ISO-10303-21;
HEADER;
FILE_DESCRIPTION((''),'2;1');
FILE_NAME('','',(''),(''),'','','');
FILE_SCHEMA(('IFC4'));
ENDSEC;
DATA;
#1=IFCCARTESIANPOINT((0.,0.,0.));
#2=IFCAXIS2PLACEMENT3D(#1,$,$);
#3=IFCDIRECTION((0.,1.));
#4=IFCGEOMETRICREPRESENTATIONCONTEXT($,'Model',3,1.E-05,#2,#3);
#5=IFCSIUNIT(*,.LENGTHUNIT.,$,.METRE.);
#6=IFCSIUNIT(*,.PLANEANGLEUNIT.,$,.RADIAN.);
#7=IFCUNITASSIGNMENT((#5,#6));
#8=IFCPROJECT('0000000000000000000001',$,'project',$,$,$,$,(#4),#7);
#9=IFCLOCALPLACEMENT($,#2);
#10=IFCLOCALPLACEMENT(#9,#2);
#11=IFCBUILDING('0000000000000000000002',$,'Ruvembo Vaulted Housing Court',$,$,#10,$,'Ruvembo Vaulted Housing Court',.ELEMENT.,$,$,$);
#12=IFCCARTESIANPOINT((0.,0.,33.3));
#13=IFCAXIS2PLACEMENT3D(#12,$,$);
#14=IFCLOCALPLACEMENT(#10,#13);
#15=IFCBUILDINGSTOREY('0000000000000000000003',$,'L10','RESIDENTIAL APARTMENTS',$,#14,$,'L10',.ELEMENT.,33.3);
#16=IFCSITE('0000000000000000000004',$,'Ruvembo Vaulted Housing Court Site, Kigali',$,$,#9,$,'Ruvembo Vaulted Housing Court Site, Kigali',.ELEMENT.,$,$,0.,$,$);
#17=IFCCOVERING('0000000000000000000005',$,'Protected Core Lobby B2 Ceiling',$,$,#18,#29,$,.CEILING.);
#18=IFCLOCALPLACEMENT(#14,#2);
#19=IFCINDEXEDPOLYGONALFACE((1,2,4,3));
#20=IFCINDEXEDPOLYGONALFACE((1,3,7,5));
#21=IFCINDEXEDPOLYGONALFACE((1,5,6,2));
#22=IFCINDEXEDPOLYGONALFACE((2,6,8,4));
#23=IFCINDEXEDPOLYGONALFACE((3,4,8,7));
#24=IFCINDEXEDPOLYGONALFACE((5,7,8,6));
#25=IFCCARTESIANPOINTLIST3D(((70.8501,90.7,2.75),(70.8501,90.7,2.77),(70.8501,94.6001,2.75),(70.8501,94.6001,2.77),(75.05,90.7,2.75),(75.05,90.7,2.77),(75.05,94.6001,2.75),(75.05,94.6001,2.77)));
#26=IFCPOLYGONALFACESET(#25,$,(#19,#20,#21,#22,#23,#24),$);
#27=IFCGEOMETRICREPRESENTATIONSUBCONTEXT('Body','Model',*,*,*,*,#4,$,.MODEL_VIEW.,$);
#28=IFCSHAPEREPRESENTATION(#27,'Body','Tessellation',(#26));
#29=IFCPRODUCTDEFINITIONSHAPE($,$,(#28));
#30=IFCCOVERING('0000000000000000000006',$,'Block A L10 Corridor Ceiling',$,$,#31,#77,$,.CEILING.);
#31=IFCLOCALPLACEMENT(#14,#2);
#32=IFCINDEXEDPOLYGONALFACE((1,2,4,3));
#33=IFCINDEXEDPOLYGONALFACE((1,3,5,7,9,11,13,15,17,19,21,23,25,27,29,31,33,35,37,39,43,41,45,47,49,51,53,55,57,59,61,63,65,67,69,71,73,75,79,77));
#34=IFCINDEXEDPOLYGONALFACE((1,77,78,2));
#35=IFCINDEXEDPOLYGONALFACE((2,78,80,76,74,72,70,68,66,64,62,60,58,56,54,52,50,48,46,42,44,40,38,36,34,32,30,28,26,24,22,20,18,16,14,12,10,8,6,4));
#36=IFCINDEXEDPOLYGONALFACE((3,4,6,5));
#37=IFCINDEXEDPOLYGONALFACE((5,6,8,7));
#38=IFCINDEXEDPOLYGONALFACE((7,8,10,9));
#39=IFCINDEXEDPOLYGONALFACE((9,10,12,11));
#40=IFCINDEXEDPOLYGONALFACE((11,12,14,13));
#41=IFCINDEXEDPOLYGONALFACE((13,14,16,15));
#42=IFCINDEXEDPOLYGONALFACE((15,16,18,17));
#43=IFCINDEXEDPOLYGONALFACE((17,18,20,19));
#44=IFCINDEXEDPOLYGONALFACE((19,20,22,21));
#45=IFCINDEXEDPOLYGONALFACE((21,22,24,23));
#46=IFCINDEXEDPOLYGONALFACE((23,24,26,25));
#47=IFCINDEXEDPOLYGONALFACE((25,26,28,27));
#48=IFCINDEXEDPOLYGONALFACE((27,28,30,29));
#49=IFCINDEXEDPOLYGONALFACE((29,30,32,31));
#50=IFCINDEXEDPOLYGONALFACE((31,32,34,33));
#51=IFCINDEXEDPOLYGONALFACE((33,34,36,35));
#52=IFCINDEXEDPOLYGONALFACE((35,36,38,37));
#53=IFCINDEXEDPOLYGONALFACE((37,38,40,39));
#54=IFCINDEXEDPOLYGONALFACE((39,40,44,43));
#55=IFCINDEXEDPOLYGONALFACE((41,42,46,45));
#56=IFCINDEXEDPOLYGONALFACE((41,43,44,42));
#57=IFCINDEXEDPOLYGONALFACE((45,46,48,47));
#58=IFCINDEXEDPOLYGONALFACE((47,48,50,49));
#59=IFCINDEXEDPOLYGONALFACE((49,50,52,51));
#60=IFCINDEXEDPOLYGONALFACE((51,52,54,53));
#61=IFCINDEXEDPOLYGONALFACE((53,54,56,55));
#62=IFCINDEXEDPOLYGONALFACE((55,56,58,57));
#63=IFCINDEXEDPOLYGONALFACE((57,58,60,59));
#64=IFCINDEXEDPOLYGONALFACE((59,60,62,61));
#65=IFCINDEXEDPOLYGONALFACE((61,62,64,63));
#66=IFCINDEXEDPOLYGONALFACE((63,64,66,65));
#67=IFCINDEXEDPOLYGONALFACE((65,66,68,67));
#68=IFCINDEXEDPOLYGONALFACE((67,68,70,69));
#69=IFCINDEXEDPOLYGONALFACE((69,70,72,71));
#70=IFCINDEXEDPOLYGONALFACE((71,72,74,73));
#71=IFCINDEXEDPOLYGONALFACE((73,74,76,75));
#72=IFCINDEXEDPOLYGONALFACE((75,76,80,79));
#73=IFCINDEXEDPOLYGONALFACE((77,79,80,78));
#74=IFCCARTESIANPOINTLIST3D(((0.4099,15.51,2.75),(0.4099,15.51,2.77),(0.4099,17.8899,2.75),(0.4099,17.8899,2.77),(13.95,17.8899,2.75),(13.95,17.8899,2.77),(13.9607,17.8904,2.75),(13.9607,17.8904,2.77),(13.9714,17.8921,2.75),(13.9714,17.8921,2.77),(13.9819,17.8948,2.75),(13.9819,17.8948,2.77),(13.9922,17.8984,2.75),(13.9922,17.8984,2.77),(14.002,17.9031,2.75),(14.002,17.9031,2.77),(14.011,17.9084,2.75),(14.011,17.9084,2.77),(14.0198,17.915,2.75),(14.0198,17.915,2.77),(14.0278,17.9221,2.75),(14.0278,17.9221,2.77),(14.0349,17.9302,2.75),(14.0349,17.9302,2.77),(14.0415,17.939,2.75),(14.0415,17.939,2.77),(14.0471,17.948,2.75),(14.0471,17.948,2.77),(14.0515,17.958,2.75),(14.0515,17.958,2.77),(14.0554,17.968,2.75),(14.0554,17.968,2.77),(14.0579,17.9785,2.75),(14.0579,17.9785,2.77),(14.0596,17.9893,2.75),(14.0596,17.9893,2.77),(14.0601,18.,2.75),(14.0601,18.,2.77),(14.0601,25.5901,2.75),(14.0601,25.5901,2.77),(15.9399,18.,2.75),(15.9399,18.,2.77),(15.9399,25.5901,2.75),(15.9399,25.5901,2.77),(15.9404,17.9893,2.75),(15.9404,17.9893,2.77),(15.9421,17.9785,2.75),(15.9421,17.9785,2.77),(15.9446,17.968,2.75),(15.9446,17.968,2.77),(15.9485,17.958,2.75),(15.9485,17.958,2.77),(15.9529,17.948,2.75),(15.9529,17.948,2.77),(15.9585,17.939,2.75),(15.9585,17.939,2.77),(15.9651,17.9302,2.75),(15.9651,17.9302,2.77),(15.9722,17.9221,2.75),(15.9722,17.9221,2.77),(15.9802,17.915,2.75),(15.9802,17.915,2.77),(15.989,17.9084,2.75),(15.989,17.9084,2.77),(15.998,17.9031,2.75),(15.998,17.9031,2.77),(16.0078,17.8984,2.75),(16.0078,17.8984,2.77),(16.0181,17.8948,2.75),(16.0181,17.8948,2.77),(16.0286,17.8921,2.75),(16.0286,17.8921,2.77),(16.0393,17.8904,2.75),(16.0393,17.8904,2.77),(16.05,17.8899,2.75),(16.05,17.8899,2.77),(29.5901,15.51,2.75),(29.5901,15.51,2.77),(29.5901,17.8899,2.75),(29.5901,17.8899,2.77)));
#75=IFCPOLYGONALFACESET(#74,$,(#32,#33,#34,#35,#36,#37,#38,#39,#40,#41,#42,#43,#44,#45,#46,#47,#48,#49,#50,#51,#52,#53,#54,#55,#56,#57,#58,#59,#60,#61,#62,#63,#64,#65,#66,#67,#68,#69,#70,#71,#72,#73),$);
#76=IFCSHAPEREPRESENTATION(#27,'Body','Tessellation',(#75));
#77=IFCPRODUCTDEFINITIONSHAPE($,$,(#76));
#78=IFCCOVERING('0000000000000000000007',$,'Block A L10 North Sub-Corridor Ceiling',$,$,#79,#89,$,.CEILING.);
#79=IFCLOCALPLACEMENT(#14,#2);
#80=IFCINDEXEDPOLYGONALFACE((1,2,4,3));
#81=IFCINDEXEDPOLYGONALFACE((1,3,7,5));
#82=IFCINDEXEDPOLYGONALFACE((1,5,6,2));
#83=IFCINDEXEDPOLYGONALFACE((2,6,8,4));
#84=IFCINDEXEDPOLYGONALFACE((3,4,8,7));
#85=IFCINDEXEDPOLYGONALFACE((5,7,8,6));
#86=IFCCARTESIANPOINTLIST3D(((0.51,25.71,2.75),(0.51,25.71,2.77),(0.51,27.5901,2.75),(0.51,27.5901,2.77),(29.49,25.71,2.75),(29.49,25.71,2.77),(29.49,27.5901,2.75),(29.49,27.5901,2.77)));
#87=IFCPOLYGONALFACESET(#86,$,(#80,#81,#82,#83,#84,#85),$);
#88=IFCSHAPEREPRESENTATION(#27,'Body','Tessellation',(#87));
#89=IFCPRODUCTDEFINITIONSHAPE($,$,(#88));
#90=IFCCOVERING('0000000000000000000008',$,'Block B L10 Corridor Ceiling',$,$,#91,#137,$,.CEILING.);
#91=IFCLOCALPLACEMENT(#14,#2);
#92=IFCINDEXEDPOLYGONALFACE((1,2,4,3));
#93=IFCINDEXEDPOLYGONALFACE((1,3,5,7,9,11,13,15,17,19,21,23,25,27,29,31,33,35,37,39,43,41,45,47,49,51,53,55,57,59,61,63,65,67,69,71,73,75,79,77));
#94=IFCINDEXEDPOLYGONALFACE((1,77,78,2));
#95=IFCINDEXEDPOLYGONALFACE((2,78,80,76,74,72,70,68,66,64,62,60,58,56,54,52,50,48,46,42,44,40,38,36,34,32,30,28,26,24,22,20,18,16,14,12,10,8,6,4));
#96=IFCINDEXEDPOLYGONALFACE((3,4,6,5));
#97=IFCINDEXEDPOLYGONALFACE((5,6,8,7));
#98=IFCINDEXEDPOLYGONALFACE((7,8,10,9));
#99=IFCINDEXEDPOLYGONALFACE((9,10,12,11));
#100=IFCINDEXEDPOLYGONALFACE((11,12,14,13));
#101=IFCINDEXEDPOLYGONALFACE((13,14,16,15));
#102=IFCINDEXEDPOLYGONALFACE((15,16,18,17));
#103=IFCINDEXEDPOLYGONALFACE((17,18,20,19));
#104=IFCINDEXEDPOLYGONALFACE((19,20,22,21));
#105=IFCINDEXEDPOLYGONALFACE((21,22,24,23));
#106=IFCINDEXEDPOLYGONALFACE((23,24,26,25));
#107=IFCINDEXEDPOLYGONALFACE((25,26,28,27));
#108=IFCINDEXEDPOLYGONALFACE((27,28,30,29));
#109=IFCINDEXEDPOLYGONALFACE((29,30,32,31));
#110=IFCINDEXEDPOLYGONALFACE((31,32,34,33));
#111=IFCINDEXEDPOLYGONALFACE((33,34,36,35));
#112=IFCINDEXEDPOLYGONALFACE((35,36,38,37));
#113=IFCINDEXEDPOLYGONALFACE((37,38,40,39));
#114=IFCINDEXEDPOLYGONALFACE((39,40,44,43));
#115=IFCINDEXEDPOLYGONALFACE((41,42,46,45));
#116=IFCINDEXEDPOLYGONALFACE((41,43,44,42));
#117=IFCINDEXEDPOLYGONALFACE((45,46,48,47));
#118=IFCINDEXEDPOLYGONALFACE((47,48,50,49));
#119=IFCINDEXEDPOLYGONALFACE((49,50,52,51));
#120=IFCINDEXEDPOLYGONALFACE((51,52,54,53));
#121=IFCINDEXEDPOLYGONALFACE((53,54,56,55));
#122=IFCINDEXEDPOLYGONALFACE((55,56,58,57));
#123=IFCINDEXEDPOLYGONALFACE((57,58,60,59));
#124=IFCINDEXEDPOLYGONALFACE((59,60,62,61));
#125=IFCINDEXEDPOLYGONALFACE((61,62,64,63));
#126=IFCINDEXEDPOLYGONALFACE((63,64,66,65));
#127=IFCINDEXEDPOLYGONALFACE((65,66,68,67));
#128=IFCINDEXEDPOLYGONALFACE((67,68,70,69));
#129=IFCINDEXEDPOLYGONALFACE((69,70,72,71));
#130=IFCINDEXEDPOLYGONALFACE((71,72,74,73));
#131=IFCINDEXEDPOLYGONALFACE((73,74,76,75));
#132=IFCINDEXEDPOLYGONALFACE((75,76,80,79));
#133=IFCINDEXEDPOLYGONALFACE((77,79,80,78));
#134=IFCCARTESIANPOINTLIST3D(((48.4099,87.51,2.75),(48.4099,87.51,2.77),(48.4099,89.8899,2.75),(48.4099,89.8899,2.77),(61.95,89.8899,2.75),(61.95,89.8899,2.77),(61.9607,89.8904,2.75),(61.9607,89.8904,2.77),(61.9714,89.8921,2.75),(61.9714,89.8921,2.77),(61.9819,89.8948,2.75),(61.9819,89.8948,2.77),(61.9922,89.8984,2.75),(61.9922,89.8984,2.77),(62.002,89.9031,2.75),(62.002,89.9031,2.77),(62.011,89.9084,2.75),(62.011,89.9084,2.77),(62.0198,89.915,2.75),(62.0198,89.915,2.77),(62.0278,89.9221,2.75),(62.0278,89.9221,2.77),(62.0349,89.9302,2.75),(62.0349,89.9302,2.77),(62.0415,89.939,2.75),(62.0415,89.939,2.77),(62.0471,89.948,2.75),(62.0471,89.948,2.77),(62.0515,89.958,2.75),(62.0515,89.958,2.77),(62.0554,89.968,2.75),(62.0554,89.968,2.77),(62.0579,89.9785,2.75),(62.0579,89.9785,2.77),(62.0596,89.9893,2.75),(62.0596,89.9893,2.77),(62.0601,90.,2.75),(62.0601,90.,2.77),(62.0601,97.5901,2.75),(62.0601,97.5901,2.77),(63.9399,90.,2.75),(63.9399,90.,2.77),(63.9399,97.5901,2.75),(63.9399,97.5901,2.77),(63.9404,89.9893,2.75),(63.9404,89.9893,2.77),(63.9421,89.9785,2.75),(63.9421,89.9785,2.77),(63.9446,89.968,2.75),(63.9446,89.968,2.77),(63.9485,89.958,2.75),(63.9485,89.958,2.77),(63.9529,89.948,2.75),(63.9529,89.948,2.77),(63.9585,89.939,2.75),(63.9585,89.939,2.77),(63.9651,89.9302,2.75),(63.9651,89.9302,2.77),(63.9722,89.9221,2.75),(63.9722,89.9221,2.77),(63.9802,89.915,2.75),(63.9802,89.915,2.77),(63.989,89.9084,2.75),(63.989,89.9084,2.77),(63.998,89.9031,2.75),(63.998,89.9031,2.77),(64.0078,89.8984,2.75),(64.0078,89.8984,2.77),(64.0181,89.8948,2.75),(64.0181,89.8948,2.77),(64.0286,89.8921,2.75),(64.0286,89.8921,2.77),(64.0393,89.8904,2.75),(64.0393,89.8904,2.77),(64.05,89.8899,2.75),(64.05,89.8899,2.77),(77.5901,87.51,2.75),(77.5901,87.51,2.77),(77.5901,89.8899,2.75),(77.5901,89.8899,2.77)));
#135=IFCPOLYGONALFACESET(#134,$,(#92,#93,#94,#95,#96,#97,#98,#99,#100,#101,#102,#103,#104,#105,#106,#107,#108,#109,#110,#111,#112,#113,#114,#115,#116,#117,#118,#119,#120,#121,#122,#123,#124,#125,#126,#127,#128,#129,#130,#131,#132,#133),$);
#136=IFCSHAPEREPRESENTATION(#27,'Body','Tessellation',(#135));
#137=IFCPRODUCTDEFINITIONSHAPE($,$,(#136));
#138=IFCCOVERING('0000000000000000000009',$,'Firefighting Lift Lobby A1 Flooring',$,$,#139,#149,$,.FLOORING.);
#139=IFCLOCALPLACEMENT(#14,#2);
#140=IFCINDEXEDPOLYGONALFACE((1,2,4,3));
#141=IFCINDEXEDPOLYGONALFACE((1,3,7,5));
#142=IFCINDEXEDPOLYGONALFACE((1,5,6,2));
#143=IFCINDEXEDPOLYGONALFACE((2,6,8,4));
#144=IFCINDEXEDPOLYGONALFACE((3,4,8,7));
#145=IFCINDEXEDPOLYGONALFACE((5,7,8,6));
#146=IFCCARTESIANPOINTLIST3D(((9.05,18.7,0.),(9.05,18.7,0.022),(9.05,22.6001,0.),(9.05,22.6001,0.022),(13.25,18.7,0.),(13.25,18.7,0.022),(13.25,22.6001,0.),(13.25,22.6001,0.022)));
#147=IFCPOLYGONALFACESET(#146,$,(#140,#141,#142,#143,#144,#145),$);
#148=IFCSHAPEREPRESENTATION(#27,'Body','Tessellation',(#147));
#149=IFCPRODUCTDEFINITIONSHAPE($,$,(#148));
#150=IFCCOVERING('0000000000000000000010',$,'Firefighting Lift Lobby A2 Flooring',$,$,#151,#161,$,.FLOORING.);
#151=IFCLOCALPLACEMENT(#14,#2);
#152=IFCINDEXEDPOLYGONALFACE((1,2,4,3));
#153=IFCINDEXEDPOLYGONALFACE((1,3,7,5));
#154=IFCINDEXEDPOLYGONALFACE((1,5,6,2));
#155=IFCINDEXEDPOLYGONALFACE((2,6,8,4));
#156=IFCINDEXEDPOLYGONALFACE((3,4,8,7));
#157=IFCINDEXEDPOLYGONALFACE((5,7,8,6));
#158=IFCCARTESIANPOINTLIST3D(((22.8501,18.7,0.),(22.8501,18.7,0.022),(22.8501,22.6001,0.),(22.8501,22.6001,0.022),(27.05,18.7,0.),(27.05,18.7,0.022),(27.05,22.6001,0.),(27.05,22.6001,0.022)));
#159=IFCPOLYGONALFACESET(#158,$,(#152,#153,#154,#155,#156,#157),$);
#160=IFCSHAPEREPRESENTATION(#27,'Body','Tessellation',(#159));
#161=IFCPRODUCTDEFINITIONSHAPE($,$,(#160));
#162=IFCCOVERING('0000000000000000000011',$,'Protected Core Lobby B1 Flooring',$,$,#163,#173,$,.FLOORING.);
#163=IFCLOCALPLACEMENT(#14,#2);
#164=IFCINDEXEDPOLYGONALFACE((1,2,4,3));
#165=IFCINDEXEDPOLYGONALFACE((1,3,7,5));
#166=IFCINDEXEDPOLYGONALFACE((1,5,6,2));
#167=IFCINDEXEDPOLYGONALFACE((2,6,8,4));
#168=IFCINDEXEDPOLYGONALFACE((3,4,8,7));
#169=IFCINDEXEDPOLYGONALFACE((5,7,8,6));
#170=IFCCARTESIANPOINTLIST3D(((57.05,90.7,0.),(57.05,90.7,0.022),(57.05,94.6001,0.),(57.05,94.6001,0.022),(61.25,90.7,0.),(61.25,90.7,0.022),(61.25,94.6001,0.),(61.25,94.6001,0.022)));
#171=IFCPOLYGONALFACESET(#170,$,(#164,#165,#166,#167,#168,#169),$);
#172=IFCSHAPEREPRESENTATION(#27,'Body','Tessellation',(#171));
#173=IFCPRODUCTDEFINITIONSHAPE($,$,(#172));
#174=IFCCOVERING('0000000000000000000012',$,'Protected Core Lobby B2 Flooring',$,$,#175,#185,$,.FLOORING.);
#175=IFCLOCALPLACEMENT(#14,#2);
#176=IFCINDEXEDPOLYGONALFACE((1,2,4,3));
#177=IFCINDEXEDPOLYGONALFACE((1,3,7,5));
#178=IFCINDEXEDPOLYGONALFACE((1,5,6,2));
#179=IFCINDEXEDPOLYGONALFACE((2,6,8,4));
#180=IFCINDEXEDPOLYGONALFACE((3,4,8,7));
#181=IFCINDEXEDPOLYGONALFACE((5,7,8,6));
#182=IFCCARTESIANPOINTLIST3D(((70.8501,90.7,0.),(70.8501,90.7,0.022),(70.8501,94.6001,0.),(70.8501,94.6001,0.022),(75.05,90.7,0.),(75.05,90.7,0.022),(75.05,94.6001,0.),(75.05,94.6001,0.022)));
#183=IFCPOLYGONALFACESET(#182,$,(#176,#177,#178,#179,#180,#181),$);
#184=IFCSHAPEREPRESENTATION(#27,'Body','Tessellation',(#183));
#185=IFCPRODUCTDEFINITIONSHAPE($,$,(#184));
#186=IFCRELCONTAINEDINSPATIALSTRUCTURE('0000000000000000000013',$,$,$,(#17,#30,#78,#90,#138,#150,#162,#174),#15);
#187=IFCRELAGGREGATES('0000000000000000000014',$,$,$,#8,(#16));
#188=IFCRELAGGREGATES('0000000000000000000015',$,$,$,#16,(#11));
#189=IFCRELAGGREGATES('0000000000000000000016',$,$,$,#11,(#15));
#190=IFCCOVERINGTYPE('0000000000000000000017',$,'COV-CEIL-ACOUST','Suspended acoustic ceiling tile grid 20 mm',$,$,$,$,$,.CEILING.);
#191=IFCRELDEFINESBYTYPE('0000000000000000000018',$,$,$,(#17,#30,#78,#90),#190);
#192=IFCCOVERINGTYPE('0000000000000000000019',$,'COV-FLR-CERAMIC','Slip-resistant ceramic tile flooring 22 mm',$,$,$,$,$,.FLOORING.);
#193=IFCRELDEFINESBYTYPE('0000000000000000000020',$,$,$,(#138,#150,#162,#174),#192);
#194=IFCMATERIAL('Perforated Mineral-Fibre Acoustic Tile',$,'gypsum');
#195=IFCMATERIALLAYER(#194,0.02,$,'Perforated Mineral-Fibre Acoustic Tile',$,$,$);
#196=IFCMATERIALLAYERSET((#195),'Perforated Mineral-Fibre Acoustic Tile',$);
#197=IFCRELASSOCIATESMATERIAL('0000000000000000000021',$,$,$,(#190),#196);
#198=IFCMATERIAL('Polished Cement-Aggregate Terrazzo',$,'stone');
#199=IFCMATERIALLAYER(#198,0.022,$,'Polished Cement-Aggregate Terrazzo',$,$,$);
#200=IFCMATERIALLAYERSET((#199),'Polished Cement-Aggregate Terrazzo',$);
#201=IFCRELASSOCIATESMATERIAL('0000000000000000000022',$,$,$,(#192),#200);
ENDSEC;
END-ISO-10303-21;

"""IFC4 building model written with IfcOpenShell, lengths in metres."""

from ifc_helpers import new_model, si_unit, direction, frame, origin, place, context, subcontext, project, spatial, polyline, outline, extrude, material, layer, layer_set, type_object, element, save


model = new_model("IFC4")

# Units and contexts
model_context = context("Model", 3, precision=1e-05, world=origin(), true_north=direction((0.0, 1.0)))
body_context = subcontext(model_context, "Body", "Model", "MODEL_VIEW")
ifc_project = project(units=[si_unit("LENGTHUNIT", "METRE"), si_unit("PLANEANGLEUNIT", "RADIAN")], contexts=[model_context])

# Site, building, storey
site_placement = place(None, origin())
site = spatial("IfcSite", under=ifc_project, at=site_placement, Name="Ruvembo Vaulted Housing Court Site, Kigali", LongName="Ruvembo Vaulted Housing Court Site, Kigali", CompositionType="ELEMENT", RefElevation=0.0)
building_placement = place(site_placement, origin())
building = spatial("IfcBuilding", under=site, at=building_placement, Name="Ruvembo Vaulted Housing Court", LongName="Ruvembo Vaulted Housing Court", CompositionType="ELEMENT")
storey_placement = place(building_placement, frame((0.0, 0.0, 33.3)))
storey = spatial("IfcBuildingStorey", under=building, at=storey_placement, Name="L10", Description="RESIDENTIAL APARTMENTS", LongName="L10", CompositionType="ELEMENT", Elevation=33.3)

# Coverings
ifc_material_1 = material(Name="Perforated Mineral-Fibre Acoustic Tile", Category="gypsum")
ifc_layer_1 = layer(ifc_material_1, 0.02, Name="Perforated Mineral-Fibre Acoustic Tile")
ifc_layer_set_1 = layer_set([ifc_layer_1], Name="Perforated Mineral-Fibre Acoustic Tile")
covering_type_1 = type_object("IfcCoveringType", Name="COV-CEIL-ACOUST", Description="Suspended acoustic ceiling tile grid 20 mm", PredefinedType="CEILING", material=ifc_layer_set_1)
covering_1_placement = place(storey_placement, frame((0.0, 0.0, 2.75)))
element("IfcCovering", 1, at=covering_1_placement, inside=storey, type_object=covering_type_1, Name="Protected Core Lobby B2 Ceiling", PredefinedType="CEILING", context=body_context, shape_type="SweptSolid", body=[
    extrude(outline(polyline([(75.05, 94.6001), (70.8501, 94.6001), (70.8501, 90.7), (75.05, 90.7), (75.05, 94.6001)])), origin(), (0.0, 0.0, 1.0), 0.02),
])
covering_2_placement = place(storey_placement, frame((0.0, 0.0, 2.75)))
element("IfcCovering", 2, at=covering_2_placement, inside=storey, type_object=covering_type_1, Name="Block A L10 Corridor Ceiling", PredefinedType="CEILING", context=body_context, shape_type="SweptSolid", body=[
    extrude(outline(polyline([(29.5901, 15.51), (29.5901, 17.8899), (16.05, 17.8899), (16.0393, 17.8904), (16.0286, 17.8921), (16.0181, 17.8948), (16.0078, 17.8984), (15.998, 17.9031), (15.989, 17.9084), (15.9802, 17.915), (15.9722, 17.9221), (15.9651, 17.9302), (15.9585, 17.939), (15.9529, 17.948), (15.9485, 17.958), (15.9446, 17.968), (15.9421, 17.9785), (15.9404, 17.9893), (15.9399, 18.0), (15.9399, 25.5901), (14.0601, 25.5901), (14.0601, 18.0), (14.0596, 17.9893), (14.0579, 17.9785), (14.0554, 17.968), (14.0515, 17.958), (14.0471, 17.948), (14.0415, 17.939), (14.0349, 17.9302), (14.0278, 17.9221), (14.0198, 17.915), (14.011, 17.9084), (14.002, 17.9031), (13.9922, 17.8984), (13.9819, 17.8948), (13.9714, 17.8921), (13.9607, 17.8904), (13.95, 17.8899), (0.4099, 17.8899), (0.4099, 15.51), (29.5901, 15.51)])), origin(), (0.0, 0.0, 1.0), 0.02),
])
covering_3_placement = place(storey_placement, frame((0.0, 0.0, 2.75)))
element("IfcCovering", 3, at=covering_3_placement, inside=storey, type_object=covering_type_1, Name="Block A L10 North Sub-Corridor Ceiling", PredefinedType="CEILING", context=body_context, shape_type="SweptSolid", body=[
    extrude(outline(polyline([(0.51, 25.71), (29.49, 25.71), (29.49, 27.5901), (0.51, 27.5901), (0.51, 25.71)])), origin(), (0.0, 0.0, 1.0), 0.02),
])
covering_4_placement = place(storey_placement, frame((0.0, 0.0, 2.75)))
element("IfcCovering", 4, at=covering_4_placement, inside=storey, type_object=covering_type_1, Name="Block B L10 Corridor Ceiling", PredefinedType="CEILING", context=body_context, shape_type="SweptSolid", body=[
    extrude(outline(polyline([(77.5901, 87.51), (77.5901, 89.8899), (64.05, 89.8899), (64.0393, 89.8904), (64.0286, 89.8921), (64.0181, 89.8948), (64.0078, 89.8984), (63.998, 89.9031), (63.989, 89.9084), (63.9802, 89.915), (63.9722, 89.9221), (63.9651, 89.9302), (63.9585, 89.939), (63.9529, 89.948), (63.9485, 89.958), (63.9446, 89.968), (63.9421, 89.9785), (63.9404, 89.9893), (63.9399, 90.0), (63.9399, 97.5901), (62.0601, 97.5901), (62.0601, 90.0), (62.0596, 89.9893), (62.0579, 89.9785), (62.0554, 89.968), (62.0515, 89.958), (62.0471, 89.948), (62.0415, 89.939), (62.0349, 89.9302), (62.0278, 89.9221), (62.0198, 89.915), (62.011, 89.9084), (62.002, 89.9031), (61.9922, 89.8984), (61.9819, 89.8948), (61.9714, 89.8921), (61.9607, 89.8904), (61.95, 89.8899), (48.4099, 89.8899), (48.4099, 87.51), (77.5901, 87.51)])), origin(), (0.0, 0.0, 1.0), 0.02),
])
ifc_material_2 = material(Name="Polished Cement-Aggregate Terrazzo", Category="stone")
ifc_layer_2 = layer(ifc_material_2, 0.022, Name="Polished Cement-Aggregate Terrazzo")
ifc_layer_set_2 = layer_set([ifc_layer_2], Name="Polished Cement-Aggregate Terrazzo")
covering_type_2 = type_object("IfcCoveringType", Name="COV-FLR-CERAMIC", Description="Slip-resistant ceramic tile flooring 22 mm", PredefinedType="FLOORING", material=ifc_layer_set_2)
covering_5_placement = place(storey_placement, origin())
element("IfcCovering", 5, at=covering_5_placement, inside=storey, type_object=covering_type_2, Name="Firefighting Lift Lobby A1 Flooring", PredefinedType="FLOORING", context=body_context, shape_type="SweptSolid", body=[
    extrude(outline(polyline([(13.25, 22.6001), (9.05, 22.6001), (9.05, 18.7), (13.25, 18.7), (13.25, 22.6001)])), origin(), (0.0, 0.0, 1.0), 0.022),
])
covering_6_placement = place(storey_placement, origin())
element("IfcCovering", 6, at=covering_6_placement, inside=storey, type_object=covering_type_2, Name="Firefighting Lift Lobby A2 Flooring", PredefinedType="FLOORING", context=body_context, shape_type="SweptSolid", body=[
    extrude(outline(polyline([(27.05, 22.6001), (22.8501, 22.6001), (22.8501, 18.7), (27.05, 18.7), (27.05, 22.6001)])), origin(), (0.0, 0.0, 1.0), 0.022),
])
covering_7_placement = place(storey_placement, origin())
element("IfcCovering", 7, at=covering_7_placement, inside=storey, type_object=covering_type_2, Name="Protected Core Lobby B1 Flooring", PredefinedType="FLOORING", context=body_context, shape_type="SweptSolid", body=[
    extrude(outline(polyline([(61.25, 94.6001), (57.05, 94.6001), (57.05, 90.7), (61.25, 90.7), (61.25, 94.6001)])), origin(), (0.0, 0.0, 1.0), 0.022),
])
covering_8_placement = place(storey_placement, origin())
element("IfcCovering", 8, at=covering_8_placement, inside=storey, type_object=covering_type_2, Name="Protected Core Lobby B2 Flooring", PredefinedType="FLOORING", context=body_context, shape_type="SweptSolid", body=[
    extrude(outline(polyline([(75.05, 94.6001), (70.8501, 94.6001), (70.8501, 90.7), (75.05, 90.7), (75.05, 94.6001)])), origin(), (0.0, 0.0, 1.0), 0.022),
])

save(model, "model.ifc")
